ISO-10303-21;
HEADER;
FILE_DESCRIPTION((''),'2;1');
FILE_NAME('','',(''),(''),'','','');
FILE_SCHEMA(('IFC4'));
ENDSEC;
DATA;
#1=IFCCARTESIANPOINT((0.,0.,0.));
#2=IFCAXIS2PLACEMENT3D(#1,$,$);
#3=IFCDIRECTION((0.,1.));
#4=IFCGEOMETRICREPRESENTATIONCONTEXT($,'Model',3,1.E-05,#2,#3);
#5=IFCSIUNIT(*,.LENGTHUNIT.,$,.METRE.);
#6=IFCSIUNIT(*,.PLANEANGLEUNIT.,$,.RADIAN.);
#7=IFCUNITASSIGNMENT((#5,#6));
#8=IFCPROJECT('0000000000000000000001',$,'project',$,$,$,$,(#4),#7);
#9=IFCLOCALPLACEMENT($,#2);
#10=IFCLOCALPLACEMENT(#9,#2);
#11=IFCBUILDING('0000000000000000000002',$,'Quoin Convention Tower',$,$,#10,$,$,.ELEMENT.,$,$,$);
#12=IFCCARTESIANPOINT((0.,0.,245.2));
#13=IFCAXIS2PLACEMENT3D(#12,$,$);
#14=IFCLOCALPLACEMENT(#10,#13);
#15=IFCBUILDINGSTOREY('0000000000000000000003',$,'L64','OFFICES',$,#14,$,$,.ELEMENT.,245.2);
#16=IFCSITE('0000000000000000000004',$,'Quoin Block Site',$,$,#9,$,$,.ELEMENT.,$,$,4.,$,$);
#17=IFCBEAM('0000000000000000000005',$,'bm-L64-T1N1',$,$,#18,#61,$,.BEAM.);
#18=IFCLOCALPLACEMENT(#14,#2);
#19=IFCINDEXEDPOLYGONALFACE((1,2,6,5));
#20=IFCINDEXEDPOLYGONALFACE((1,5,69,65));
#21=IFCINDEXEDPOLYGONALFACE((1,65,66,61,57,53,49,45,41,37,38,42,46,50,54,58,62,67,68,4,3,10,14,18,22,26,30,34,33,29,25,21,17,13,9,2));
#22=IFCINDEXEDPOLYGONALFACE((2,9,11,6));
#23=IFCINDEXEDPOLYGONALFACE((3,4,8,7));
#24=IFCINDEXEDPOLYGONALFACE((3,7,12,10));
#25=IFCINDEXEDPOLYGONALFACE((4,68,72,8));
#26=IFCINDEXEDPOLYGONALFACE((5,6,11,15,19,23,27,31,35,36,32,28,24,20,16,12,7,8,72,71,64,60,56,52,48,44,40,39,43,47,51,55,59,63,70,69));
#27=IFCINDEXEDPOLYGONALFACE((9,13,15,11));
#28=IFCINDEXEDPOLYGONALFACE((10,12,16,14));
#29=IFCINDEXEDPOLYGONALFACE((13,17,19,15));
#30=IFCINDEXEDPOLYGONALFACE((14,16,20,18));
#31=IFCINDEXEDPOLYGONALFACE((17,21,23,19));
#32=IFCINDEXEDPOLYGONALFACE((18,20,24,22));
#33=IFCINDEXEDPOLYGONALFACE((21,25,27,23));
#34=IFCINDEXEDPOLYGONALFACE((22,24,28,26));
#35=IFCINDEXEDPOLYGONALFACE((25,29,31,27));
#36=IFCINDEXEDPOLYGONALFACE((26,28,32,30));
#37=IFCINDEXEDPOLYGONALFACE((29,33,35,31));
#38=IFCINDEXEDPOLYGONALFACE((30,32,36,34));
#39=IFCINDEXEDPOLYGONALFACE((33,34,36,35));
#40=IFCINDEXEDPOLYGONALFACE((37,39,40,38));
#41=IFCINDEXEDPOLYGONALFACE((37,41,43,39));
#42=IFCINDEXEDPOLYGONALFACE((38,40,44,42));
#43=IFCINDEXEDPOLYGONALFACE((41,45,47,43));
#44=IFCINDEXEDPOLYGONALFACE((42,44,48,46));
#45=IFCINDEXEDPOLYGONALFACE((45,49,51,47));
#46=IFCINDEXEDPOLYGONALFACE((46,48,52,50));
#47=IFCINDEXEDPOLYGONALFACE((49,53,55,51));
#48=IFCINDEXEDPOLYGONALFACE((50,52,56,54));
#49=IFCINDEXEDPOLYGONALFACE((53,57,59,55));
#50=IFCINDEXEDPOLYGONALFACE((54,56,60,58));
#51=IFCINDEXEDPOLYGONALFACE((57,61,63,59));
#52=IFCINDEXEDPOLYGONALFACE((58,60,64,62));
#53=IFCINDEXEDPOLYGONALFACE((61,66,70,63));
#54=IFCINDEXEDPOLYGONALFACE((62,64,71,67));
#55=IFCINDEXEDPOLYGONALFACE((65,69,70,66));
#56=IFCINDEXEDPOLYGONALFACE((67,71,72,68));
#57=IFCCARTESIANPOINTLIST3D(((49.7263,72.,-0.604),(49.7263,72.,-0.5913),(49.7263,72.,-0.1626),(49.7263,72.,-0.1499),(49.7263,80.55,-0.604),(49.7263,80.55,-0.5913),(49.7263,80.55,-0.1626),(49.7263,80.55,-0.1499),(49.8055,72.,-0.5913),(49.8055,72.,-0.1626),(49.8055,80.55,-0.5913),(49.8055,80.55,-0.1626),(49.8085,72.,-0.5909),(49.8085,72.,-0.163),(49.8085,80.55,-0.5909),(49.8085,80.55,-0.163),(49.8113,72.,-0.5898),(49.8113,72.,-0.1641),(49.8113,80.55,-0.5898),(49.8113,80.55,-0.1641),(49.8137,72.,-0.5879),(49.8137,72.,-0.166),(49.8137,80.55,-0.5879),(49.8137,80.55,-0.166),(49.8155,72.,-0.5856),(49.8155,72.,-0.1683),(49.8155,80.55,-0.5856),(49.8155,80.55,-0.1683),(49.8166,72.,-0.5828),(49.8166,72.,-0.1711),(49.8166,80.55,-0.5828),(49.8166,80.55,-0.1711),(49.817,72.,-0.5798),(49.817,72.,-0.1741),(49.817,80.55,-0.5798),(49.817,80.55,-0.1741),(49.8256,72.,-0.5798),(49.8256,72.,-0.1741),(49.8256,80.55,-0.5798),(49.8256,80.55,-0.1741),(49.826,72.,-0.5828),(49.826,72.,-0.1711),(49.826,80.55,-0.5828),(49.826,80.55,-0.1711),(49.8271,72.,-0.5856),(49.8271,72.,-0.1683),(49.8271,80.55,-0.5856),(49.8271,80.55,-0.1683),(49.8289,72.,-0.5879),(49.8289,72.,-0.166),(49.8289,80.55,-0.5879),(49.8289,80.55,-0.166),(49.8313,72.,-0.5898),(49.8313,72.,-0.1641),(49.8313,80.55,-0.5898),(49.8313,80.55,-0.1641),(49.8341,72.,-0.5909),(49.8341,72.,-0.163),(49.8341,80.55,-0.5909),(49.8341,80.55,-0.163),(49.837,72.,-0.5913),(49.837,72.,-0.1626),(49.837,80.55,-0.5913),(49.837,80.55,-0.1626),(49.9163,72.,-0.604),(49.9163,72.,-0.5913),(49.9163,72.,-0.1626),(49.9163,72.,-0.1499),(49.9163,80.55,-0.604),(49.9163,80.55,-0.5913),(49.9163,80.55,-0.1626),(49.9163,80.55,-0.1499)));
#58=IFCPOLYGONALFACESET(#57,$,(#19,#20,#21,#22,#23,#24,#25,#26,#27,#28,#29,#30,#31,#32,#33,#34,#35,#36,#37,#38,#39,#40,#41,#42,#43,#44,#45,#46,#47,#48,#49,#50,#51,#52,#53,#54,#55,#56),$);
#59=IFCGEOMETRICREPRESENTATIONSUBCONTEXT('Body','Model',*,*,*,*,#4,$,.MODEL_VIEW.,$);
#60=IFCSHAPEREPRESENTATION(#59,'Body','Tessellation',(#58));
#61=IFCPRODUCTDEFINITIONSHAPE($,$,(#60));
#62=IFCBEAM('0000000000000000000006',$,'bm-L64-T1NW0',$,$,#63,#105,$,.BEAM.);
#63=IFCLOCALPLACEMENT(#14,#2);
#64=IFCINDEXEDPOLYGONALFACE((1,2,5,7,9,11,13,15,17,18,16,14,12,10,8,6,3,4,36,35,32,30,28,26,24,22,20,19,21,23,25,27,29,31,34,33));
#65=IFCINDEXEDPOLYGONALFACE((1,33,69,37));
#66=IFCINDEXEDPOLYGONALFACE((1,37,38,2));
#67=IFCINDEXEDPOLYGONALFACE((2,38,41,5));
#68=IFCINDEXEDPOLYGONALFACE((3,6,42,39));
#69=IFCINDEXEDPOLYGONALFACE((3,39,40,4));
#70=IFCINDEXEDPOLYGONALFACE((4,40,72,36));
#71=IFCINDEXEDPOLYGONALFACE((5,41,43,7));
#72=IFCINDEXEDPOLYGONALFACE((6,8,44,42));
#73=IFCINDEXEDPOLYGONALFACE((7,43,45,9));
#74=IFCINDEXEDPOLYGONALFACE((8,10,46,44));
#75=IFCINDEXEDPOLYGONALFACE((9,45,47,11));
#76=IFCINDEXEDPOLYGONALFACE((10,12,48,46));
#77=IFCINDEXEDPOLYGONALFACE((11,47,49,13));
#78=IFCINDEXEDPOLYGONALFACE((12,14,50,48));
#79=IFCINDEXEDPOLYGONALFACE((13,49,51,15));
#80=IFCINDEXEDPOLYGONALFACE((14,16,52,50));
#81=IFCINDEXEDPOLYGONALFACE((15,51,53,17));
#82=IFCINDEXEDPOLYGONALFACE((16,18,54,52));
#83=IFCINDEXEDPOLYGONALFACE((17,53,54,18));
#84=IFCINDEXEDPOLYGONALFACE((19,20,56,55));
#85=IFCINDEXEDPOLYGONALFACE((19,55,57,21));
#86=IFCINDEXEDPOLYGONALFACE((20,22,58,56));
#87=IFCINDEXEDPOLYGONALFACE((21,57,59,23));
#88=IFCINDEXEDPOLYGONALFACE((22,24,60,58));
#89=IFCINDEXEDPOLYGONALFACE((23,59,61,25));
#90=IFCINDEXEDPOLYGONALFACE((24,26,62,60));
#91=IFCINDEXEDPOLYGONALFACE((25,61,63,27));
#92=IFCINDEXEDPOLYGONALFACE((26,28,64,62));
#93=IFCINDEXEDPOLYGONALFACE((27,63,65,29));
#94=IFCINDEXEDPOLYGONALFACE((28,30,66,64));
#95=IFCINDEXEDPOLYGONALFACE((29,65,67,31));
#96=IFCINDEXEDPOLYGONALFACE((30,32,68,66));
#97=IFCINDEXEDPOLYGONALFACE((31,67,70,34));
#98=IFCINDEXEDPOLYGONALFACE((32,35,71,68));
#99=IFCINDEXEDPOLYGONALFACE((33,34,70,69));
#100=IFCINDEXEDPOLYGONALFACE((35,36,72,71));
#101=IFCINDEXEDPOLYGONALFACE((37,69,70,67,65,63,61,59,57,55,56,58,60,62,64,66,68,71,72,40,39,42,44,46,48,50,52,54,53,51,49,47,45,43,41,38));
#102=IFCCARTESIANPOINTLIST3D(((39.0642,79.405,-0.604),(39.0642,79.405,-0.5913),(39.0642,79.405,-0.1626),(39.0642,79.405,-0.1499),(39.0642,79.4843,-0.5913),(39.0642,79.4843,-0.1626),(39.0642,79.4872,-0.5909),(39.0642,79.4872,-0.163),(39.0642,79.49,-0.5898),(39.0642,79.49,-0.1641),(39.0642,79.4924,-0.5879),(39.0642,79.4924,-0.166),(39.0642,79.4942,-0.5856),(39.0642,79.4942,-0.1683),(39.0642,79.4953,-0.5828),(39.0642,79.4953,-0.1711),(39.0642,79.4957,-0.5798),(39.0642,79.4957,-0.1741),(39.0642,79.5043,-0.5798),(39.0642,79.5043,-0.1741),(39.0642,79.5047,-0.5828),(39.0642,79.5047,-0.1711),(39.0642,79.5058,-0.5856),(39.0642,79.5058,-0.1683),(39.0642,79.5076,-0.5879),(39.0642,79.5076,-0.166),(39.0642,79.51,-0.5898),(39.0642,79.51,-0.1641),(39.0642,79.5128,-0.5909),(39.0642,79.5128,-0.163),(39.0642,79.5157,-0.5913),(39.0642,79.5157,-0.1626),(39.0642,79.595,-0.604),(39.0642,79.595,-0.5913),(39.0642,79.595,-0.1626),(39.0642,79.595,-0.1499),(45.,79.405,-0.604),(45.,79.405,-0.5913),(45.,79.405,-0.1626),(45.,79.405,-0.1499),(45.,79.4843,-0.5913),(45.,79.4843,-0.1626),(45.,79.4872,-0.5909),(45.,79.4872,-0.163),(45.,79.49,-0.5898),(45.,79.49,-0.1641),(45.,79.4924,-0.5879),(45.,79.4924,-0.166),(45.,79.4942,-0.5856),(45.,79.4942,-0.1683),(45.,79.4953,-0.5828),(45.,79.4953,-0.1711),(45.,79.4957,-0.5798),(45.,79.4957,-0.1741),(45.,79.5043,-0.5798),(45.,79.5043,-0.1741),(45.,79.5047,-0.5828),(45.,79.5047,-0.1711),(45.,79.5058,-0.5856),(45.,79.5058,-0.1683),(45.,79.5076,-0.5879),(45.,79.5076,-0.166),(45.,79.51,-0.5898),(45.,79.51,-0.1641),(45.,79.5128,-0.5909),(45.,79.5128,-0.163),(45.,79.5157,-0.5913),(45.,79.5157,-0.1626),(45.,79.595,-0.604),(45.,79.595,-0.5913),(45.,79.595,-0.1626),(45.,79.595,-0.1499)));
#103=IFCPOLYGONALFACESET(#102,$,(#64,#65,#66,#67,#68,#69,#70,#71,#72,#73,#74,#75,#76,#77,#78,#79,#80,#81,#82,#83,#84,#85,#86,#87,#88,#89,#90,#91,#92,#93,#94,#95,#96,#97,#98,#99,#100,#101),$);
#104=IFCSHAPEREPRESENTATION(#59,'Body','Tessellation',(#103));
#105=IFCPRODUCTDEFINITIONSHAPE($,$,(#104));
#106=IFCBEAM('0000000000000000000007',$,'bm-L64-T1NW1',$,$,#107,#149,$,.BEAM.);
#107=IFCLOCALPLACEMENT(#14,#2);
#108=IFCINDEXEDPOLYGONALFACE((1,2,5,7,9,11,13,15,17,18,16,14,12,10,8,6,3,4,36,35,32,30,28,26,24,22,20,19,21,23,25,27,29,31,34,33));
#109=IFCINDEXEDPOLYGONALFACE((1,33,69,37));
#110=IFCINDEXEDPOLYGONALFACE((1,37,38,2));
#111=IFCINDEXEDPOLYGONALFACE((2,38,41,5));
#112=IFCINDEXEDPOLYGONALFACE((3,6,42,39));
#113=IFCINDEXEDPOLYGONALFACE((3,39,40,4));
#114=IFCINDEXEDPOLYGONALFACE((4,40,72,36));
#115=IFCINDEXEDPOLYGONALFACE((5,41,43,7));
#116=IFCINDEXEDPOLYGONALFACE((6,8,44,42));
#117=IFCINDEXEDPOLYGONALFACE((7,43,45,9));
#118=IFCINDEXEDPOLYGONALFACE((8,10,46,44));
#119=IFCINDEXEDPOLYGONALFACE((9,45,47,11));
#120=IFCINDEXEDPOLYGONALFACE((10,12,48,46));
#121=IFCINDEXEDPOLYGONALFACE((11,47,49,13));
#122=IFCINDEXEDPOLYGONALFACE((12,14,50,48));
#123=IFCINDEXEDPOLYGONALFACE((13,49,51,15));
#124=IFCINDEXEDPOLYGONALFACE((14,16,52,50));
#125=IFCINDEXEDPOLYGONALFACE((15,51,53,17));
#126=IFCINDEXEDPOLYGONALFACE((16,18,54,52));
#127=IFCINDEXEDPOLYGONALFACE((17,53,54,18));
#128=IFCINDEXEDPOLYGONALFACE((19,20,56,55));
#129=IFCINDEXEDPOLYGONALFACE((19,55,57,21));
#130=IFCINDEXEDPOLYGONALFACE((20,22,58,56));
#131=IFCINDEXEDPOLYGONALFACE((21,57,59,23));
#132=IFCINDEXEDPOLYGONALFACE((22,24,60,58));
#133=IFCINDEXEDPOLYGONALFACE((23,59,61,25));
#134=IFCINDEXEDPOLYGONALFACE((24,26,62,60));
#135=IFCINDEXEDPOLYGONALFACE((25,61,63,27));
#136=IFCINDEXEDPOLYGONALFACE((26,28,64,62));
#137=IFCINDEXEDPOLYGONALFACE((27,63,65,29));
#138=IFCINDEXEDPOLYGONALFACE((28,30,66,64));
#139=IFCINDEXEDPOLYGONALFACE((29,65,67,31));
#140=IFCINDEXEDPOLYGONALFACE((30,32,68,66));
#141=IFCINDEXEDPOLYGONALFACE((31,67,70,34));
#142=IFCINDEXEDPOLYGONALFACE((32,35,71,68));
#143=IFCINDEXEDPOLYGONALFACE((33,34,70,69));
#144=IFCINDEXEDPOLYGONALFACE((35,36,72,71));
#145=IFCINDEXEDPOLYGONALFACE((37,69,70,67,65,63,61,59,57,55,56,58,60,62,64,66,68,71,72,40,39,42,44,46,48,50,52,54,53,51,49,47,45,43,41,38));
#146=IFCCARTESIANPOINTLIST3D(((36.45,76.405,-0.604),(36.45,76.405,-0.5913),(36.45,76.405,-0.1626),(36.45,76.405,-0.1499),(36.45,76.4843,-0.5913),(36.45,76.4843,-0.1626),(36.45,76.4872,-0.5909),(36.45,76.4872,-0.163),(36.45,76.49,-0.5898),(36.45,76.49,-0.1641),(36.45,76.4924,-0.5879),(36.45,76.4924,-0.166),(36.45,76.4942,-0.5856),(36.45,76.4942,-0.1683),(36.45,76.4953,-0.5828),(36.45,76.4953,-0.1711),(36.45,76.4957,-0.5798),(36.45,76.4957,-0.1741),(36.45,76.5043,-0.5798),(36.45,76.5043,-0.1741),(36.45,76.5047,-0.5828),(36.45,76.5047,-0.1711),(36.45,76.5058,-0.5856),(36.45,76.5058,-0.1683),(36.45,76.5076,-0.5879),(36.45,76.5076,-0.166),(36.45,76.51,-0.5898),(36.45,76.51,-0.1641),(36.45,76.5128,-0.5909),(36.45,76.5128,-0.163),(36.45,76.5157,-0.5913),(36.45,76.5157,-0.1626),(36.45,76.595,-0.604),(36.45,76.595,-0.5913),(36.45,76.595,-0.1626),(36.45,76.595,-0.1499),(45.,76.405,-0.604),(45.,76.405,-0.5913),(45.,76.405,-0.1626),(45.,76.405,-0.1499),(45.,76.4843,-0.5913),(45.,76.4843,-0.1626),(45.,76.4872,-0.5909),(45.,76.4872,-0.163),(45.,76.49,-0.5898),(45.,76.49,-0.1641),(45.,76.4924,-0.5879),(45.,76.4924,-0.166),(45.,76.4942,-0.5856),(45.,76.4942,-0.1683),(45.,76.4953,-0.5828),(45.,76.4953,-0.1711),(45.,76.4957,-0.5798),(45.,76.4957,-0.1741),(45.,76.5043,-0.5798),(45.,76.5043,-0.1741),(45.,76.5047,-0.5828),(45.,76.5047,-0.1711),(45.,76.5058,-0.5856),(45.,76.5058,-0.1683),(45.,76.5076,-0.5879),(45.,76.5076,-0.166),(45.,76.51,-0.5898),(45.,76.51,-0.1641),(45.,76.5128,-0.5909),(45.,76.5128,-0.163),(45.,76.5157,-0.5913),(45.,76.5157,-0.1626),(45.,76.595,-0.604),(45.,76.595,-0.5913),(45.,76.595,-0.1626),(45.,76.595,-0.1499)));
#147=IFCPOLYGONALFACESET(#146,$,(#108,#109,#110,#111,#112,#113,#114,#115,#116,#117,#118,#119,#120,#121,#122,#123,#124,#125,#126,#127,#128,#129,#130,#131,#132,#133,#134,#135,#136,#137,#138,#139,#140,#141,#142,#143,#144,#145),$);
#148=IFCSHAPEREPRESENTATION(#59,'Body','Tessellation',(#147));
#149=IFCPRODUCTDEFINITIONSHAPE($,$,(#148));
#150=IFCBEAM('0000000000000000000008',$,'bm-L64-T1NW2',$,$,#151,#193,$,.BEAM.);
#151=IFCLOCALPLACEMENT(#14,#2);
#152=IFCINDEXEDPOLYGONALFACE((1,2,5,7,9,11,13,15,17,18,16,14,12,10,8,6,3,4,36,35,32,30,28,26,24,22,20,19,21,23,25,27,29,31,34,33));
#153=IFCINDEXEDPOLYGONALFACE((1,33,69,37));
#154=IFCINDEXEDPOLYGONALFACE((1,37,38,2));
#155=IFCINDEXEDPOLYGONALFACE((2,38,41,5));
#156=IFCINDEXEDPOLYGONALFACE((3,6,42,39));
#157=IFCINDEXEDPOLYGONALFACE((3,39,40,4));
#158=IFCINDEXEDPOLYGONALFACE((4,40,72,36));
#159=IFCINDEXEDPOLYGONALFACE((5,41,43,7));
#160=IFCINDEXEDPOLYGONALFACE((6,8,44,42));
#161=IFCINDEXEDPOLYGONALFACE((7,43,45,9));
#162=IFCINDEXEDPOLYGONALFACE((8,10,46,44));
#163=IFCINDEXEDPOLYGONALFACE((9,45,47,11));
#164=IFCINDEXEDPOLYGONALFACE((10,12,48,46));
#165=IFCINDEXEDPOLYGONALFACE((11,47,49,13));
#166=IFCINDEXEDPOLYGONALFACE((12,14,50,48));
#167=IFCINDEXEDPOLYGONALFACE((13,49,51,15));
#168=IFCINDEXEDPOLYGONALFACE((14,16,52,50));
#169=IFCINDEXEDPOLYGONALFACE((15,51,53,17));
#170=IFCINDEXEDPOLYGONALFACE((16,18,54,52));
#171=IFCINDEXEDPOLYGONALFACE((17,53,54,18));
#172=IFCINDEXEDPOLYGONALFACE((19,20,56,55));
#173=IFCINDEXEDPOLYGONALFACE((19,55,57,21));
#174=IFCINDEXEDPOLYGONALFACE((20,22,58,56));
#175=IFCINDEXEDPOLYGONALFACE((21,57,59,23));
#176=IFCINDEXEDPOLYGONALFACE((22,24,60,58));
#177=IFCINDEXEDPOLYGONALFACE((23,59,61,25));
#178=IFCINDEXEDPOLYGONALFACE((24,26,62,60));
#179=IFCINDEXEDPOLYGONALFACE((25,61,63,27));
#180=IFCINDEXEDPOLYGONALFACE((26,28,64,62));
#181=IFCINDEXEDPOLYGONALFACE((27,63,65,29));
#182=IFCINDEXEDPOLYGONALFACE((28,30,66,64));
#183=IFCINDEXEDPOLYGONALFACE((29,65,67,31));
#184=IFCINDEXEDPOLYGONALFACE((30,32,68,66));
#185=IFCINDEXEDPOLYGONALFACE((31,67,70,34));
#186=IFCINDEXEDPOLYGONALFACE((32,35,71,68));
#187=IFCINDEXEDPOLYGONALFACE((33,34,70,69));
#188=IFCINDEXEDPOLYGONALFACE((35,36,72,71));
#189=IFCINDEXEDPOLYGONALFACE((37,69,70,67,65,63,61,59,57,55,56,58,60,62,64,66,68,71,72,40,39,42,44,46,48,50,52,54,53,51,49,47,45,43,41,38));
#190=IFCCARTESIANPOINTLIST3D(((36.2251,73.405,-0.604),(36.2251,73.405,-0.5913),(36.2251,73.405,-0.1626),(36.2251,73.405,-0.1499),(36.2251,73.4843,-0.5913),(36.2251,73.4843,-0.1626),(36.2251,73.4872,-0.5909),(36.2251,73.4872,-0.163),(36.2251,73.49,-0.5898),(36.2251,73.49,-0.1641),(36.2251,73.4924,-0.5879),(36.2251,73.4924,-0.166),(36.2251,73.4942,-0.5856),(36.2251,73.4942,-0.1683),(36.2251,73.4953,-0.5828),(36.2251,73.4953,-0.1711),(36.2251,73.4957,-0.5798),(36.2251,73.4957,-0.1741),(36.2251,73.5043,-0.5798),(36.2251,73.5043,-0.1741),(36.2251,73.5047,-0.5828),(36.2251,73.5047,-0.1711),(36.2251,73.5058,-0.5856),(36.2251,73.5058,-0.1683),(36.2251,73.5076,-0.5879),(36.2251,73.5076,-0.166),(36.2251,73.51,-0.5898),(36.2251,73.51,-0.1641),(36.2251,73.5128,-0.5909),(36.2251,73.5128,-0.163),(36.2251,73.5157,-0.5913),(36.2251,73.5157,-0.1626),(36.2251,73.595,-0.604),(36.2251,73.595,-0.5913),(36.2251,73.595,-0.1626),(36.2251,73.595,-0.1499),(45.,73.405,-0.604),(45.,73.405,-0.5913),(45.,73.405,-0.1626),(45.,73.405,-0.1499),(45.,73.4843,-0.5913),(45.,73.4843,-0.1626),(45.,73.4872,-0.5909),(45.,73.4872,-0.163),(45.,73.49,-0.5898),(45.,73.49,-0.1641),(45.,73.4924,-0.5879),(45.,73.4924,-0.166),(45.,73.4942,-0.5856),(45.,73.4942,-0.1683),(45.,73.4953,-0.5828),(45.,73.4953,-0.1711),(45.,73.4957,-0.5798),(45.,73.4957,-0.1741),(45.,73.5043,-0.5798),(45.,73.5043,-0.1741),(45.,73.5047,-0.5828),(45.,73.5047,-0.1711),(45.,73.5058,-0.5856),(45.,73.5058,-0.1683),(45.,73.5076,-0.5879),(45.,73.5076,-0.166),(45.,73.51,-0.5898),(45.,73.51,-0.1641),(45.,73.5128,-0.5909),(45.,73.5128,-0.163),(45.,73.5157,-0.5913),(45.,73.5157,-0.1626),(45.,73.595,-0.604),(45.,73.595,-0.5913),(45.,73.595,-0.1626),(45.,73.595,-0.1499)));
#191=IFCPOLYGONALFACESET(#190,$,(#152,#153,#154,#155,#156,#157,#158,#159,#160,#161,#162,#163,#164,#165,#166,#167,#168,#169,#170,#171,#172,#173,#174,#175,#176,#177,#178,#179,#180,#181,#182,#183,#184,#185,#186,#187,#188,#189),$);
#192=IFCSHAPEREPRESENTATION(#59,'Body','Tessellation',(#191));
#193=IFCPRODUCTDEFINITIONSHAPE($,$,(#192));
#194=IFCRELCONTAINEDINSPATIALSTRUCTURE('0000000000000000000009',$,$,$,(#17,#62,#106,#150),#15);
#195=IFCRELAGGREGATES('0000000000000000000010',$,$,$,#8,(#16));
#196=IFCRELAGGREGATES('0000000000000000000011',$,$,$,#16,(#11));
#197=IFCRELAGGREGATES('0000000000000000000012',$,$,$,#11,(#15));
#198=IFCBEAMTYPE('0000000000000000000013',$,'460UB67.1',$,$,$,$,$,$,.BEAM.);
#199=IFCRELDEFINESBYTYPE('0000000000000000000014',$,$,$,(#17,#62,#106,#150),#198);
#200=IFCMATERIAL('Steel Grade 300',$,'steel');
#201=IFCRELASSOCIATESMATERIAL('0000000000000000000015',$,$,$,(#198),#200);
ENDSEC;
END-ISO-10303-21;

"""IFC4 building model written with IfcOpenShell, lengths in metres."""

from ifc_helpers import new_model, si_unit, direction, frame, origin, origin_2d, place, context, subcontext, project, spatial, i_section, extrude, material, material_profile, profile_set, type_object, element, save


model = new_model("IFC4")

# Units and contexts
model_context = context("Model", 3, precision=1e-05, world=origin(), true_north=direction((0.0, 1.0)))
body_context = subcontext(model_context, "Body", "Model", "MODEL_VIEW")
ifc_project = project(units=[si_unit("LENGTHUNIT", "METRE"), si_unit("PLANEANGLEUNIT", "RADIAN")], contexts=[model_context])

# Site, building, storey
site_placement = place(None, origin())
site = spatial("IfcSite", under=ifc_project, at=site_placement, Name="Quoin Block Site", CompositionType="ELEMENT", RefElevation=4.0)
building_placement = place(site_placement, origin())
building = spatial("IfcBuilding", under=site, at=building_placement, Name="Quoin Convention Tower", CompositionType="ELEMENT")
storey_placement = place(building_placement, frame((0.0, 0.0, 245.2)))
storey = spatial("IfcBuildingStorey", under=building, at=storey_placement, Name="L64", Description="OFFICES", CompositionType="ELEMENT", Elevation=245.2)

# Beams
ifc_material_1 = material(Name="Steel Grade 300", Category="steel")
ifc_material_profile_1 = material_profile(ifc_material_1, i_section(OverallWidth=0.1899, OverallDepth=0.4541, WebThickness=0.0085, FlangeThickness=0.0127, FilletRadius=0.0115, at=origin_2d()), Name="460UB67.1")
ifc_profile_set_1 = profile_set([ifc_material_profile_1], Name="Steel Grade 300")
beam_type_1 = type_object("IfcBeamType", Name="460UB67.1", PredefinedType="BEAM", material=ifc_profile_set_1)
beam_1_placement = place(storey_placement, frame((49.8213, 72.0, -0.377), z_axis=(0.0, 1.0, 0.0), x_axis=(-1.0, 0.0, 0.0)))
element("IfcBeam", 1, at=beam_1_placement, inside=storey, type_object=beam_type_1, Name="bm-L64-T1N1", PredefinedType="BEAM", context=body_context, shape_type="SweptSolid", body=[
    extrude(i_section(OverallWidth=0.1899, OverallDepth=0.4541, WebThickness=0.0085, FlangeThickness=0.0127, FilletRadius=0.0115, at=origin_2d()), origin(), (0.0, 0.0, 1.0), 8.55),
])
beam_2_placement = place(storey_placement, frame((39.0642, 79.5, -0.377), z_axis=(1.0, 0.0, 0.0), x_axis=(0.0, 1.0, 0.0)))
element("IfcBeam", 2, at=beam_2_placement, inside=storey, type_object=beam_type_1, Name="bm-L64-T1NW0", PredefinedType="BEAM", context=body_context, shape_type="SweptSolid", body=[
    extrude(i_section(OverallWidth=0.1899, OverallDepth=0.4541, WebThickness=0.0085, FlangeThickness=0.0127, FilletRadius=0.0115, at=origin_2d()), origin(), (0.0, 0.0, 1.0), 5.9358),
])
beam_3_placement = place(storey_placement, frame((36.45, 76.5, -0.377), z_axis=(1.0, 0.0, 0.0), x_axis=(0.0, 1.0, 0.0)))
element("IfcBeam", 3, at=beam_3_placement, inside=storey, type_object=beam_type_1, Name="bm-L64-T1NW1", PredefinedType="BEAM", context=body_context, shape_type="SweptSolid", body=[
    extrude(i_section(OverallWidth=0.1899, OverallDepth=0.4541, WebThickness=0.0085, FlangeThickness=0.0127, FilletRadius=0.0115, at=origin_2d()), origin(), (0.0, 0.0, 1.0), 8.55),
])
beam_4_placement = place(storey_placement, frame((36.2251, 73.5, -0.377), z_axis=(1.0, 0.0, 0.0), x_axis=(0.0, 1.0, 0.0)))
element("IfcBeam", 4, at=beam_4_placement, inside=storey, type_object=beam_type_1, Name="bm-L64-T1NW2", PredefinedType="BEAM", context=body_context, shape_type="SweptSolid", body=[
    extrude(i_section(OverallWidth=0.1899, OverallDepth=0.4541, WebThickness=0.0085, FlangeThickness=0.0127, FilletRadius=0.0115, at=origin_2d()), origin(), (0.0, 0.0, 1.0), 8.7749),
])

save(model, "model.ifc")
